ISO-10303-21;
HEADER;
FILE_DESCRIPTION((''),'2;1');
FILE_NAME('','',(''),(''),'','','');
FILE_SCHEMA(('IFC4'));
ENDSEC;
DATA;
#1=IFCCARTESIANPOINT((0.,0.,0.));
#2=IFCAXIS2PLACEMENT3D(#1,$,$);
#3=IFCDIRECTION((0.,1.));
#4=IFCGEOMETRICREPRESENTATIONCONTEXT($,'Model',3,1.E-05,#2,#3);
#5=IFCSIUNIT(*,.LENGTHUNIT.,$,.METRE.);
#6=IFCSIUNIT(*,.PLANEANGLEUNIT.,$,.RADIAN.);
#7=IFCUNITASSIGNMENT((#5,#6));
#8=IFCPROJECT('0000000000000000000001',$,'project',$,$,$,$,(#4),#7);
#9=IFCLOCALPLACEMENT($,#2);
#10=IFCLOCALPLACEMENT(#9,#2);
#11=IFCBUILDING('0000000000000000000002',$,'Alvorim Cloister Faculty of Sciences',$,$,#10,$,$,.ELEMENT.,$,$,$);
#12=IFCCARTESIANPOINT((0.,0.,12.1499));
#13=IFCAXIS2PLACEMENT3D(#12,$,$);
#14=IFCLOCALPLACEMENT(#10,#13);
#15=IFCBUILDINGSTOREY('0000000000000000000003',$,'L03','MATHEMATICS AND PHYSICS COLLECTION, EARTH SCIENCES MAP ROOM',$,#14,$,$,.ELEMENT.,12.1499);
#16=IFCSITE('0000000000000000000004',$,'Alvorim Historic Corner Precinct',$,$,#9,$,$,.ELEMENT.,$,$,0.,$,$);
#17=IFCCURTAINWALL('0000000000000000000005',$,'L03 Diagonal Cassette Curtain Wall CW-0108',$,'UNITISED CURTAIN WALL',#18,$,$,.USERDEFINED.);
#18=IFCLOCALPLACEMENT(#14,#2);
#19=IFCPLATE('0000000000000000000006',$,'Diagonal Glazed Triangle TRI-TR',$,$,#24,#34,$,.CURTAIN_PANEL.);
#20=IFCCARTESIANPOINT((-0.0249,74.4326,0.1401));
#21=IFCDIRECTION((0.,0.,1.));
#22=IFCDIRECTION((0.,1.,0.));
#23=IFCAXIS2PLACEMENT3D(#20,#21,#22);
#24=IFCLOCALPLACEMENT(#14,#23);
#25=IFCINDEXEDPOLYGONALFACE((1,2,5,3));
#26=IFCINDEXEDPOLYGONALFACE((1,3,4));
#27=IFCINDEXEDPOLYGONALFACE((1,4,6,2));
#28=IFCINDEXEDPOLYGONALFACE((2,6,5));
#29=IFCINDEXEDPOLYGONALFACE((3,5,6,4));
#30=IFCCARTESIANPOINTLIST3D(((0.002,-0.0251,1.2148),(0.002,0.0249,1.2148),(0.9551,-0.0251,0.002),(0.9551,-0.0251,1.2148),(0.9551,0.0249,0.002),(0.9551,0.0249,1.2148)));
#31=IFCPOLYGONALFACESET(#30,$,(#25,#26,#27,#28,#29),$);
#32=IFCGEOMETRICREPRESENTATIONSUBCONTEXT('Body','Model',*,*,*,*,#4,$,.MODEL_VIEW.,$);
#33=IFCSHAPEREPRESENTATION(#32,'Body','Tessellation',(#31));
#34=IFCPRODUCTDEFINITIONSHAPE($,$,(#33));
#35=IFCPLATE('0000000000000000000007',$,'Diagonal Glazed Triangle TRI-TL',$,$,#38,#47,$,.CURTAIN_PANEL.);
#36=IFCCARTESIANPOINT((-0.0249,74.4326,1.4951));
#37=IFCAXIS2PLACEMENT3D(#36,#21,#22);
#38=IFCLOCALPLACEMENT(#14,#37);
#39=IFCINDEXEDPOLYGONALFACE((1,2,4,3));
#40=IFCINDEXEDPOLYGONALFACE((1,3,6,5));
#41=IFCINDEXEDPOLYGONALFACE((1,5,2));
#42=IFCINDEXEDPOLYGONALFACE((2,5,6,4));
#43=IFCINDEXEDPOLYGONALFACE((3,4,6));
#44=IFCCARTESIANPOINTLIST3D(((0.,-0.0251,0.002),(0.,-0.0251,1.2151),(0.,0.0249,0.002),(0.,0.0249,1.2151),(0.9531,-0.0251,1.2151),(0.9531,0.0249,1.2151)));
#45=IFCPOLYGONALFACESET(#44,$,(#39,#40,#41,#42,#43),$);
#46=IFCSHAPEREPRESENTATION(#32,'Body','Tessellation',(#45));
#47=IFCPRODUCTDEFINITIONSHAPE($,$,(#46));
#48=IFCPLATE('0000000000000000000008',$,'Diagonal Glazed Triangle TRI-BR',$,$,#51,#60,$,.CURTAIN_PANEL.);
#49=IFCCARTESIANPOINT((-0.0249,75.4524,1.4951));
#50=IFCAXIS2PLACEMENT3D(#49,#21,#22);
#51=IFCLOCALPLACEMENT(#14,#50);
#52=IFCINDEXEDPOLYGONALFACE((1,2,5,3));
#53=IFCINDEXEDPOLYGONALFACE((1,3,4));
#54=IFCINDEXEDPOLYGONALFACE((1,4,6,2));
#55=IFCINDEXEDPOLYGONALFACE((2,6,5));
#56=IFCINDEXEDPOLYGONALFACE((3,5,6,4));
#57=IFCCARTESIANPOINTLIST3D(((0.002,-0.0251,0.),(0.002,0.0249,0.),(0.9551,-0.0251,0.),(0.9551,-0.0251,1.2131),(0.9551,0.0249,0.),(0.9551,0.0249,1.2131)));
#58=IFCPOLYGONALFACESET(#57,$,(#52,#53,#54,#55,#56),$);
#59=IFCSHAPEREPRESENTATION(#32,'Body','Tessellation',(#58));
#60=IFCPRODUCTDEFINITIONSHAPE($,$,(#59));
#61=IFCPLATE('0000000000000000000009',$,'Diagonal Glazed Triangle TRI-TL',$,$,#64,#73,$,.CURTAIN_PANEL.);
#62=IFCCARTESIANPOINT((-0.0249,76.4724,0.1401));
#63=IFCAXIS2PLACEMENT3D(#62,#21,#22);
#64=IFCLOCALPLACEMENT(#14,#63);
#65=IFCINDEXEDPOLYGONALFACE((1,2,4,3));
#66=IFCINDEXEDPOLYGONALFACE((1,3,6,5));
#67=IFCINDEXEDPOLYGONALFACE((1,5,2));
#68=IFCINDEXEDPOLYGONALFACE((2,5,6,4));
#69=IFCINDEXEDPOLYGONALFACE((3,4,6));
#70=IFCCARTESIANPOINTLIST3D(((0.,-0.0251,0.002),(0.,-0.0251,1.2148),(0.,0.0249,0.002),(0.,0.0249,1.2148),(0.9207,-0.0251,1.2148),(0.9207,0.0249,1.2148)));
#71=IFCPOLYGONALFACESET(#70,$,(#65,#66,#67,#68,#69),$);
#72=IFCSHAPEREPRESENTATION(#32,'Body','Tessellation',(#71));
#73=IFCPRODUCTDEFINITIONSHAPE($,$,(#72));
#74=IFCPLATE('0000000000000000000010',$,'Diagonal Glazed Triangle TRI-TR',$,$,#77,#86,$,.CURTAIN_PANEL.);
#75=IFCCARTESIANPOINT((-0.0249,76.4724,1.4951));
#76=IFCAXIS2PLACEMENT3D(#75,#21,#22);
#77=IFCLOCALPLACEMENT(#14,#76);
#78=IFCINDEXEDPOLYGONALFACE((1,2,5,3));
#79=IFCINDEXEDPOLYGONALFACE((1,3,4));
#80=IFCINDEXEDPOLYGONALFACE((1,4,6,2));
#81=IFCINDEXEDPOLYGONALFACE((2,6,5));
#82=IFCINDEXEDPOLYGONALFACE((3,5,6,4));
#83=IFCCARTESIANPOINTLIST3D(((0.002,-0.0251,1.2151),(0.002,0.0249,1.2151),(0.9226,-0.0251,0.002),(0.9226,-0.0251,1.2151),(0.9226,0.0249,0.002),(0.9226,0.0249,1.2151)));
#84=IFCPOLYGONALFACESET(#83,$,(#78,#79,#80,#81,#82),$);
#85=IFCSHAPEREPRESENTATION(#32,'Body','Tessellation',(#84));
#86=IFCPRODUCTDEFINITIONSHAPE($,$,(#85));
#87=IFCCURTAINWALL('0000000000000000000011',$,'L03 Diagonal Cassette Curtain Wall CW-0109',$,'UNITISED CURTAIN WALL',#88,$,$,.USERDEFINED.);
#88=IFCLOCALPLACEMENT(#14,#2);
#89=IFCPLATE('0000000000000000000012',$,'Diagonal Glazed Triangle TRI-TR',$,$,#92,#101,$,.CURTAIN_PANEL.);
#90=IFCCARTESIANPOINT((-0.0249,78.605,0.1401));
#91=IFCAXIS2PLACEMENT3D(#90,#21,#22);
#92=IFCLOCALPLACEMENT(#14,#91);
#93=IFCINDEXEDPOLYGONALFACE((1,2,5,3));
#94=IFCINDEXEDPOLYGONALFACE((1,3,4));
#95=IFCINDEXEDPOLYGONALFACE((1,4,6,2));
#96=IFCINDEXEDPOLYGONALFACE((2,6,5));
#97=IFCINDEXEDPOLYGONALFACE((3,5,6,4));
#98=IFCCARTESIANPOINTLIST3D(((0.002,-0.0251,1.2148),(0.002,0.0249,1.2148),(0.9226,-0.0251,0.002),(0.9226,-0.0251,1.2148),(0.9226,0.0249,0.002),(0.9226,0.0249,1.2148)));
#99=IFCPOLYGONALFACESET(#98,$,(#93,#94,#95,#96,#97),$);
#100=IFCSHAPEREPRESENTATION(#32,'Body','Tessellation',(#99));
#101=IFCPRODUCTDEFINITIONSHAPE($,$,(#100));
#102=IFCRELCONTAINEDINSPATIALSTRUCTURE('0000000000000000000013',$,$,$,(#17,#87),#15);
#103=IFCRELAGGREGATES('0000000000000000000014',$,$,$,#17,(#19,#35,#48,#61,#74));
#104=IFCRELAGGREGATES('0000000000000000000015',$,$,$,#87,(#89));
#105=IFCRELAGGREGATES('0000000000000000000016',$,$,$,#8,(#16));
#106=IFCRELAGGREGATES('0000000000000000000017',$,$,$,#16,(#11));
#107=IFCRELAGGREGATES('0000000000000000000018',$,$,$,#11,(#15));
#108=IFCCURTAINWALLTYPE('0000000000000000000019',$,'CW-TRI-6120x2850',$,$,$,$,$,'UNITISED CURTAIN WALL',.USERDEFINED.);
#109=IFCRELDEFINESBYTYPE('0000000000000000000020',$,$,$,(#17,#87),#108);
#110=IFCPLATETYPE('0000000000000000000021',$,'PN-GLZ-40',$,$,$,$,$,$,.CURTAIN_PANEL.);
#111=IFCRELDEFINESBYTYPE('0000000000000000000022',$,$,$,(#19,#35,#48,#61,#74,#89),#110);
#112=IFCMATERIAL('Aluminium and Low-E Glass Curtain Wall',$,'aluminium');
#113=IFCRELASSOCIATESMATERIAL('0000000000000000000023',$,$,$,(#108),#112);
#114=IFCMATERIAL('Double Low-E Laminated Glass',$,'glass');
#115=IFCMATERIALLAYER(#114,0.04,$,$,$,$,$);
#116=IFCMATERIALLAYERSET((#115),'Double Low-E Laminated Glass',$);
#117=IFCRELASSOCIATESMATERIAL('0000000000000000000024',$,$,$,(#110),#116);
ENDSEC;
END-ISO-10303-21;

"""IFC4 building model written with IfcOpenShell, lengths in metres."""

from ifc_helpers import new_model, si_unit, direction, frame, origin, place, context, subcontext, project, spatial, polyline, outline, extrude, material, layer, layer_set, type_object, element, aggregate, save


model = new_model("IFC4")

# Units and contexts
model_context = context("Model", 3, precision=1e-05, world=origin(), true_north=direction((0.0, 1.0)))
body_context = subcontext(model_context, "Body", "Model", "MODEL_VIEW")
ifc_project = project(units=[si_unit("LENGTHUNIT", "METRE"), si_unit("PLANEANGLEUNIT", "RADIAN")], contexts=[model_context])

# Site, building, storey
site_placement = place(None, origin())
site = spatial("IfcSite", under=ifc_project, at=site_placement, Name="Alvorim Historic Corner Precinct", CompositionType="ELEMENT", RefElevation=0.0)
building_placement = place(site_placement, origin())
building = spatial("IfcBuilding", under=site, at=building_placement, Name="Alvorim Cloister Faculty of Sciences", CompositionType="ELEMENT")
storey_placement = place(building_placement, frame((0.0, 0.0, 12.1499)))
storey = spatial("IfcBuildingStorey", under=building, at=storey_placement, Name="L03", Description="MATHEMATICS AND PHYSICS COLLECTION, EARTH SCIENCES MAP ROOM", CompositionType="ELEMENT", Elevation=12.1499)

# Curtain wall, plates
ifc_material_1 = material(Name="Aluminium and Low-E Glass Curtain Wall", Category="aluminium")
curtain_wall_type = type_object("IfcCurtainWallType", Name="CW-TRI-6120x2850", ElementType="UNITISED CURTAIN WALL", PredefinedType="USERDEFINED", material=ifc_material_1)
curtain_wall_1_placement = place(storey_placement, origin())
curtain_wall_1 = element("IfcCurtainWall", 1, at=curtain_wall_1_placement, inside=storey, type_object=curtain_wall_type, Name="L03 Diagonal Cassette Curtain Wall CW-0108", ObjectType="UNITISED CURTAIN WALL", PredefinedType="USERDEFINED")
ifc_material_2 = material(Name="Double Low-E Laminated Glass", Category="glass")
ifc_layer_1 = layer(ifc_material_2, 0.04)
ifc_layer_set_1 = layer_set([ifc_layer_1], Name="Double Low-E Laminated Glass")
plate_type = type_object("IfcPlateType", Name="PN-GLZ-40", PredefinedType="CURTAIN_PANEL", material=ifc_layer_set_1)
plate_1_placement = place(storey_placement, frame((-0.0249, 74.4326, 0.1401), z_axis=(0.0, 0.0, 1.0), x_axis=(0.0, 1.0, 0.0)))
plate_1 = element("IfcPlate", 2, at=plate_1_placement, type_object=plate_type, Name="Diagonal Glazed Triangle TRI-TR", PredefinedType="CURTAIN_PANEL", context=body_context, shape_type="SweptSolid", body=[
    extrude(outline(polyline([(0.9551, 0.002), (0.9551, 1.2148), (0.002, 1.2148), (0.9551, 0.002)])), frame((0.0, 0.0249, 0.0), z_axis=(0.0, -1.0, 0.0), x_axis=(1.0, 0.0, 0.0)), (0.0, 0.0, 1.0), 0.05),
])
plate_2_placement = place(storey_placement, frame((-0.0249, 74.4326, 1.4951), z_axis=(0.0, 0.0, 1.0), x_axis=(0.0, 1.0, 0.0)))
plate_2 = element("IfcPlate", 3, at=plate_2_placement, type_object=plate_type, Name="Diagonal Glazed Triangle TRI-TL", PredefinedType="CURTAIN_PANEL", context=body_context, shape_type="SweptSolid", body=[
    extrude(outline(polyline([(0.9531, 1.2151), (0.0, 1.2151), (0.0, 0.002), (0.9531, 1.2151)])), frame((0.0, 0.0249, 0.0), z_axis=(0.0, -1.0, 0.0), x_axis=(1.0, 0.0, 0.0)), (0.0, 0.0, 1.0), 0.05),
])
plate_3_placement = place(storey_placement, frame((-0.0249, 75.4524, 1.4951), z_axis=(0.0, 0.0, 1.0), x_axis=(0.0, 1.0, 0.0)))
plate_3 = element("IfcPlate", 4, at=plate_3_placement, type_object=plate_type, Name="Diagonal Glazed Triangle TRI-BR", PredefinedType="CURTAIN_PANEL", context=body_context, shape_type="SweptSolid", body=[
    extrude(outline(polyline([(0.002, 0.0), (0.9551, 0.0), (0.9551, 1.2131), (0.002, 0.0)])), frame((0.0, 0.0249, 0.0), z_axis=(0.0, -1.0, 0.0), x_axis=(1.0, 0.0, 0.0)), (0.0, 0.0, 1.0), 0.05),
])
plate_4_placement = place(storey_placement, frame((-0.0249, 76.4724, 0.1401), z_axis=(0.0, 0.0, 1.0), x_axis=(0.0, 1.0, 0.0)))
plate_4 = element("IfcPlate", 5, at=plate_4_placement, type_object=plate_type, Name="Diagonal Glazed Triangle TRI-TL", PredefinedType="CURTAIN_PANEL", context=body_context, shape_type="SweptSolid", body=[
    extrude(outline(polyline([(0.9207, 1.2148), (0.0, 1.2148), (0.0, 0.002), (0.9207, 1.2148)])), frame((0.0, 0.0249, 0.0), z_axis=(0.0, -1.0, 0.0), x_axis=(1.0, 0.0, 0.0)), (0.0, 0.0, 1.0), 0.05),
])
plate_5_placement = place(storey_placement, frame((-0.0249, 76.4724, 1.4951), z_axis=(0.0, 0.0, 1.0), x_axis=(0.0, 1.0, 0.0)))
plate_5 = element("IfcPlate", 6, at=plate_5_placement, type_object=plate_type, Name="Diagonal Glazed Triangle TRI-TR", PredefinedType="CURTAIN_PANEL", context=body_context, shape_type="SweptSolid", body=[
    extrude(outline(polyline([(0.9226, 0.002), (0.9226, 1.2151), (0.002, 1.2151), (0.9226, 0.002)])), frame((0.0, 0.0249, 0.0), z_axis=(0.0, -1.0, 0.0), x_axis=(1.0, 0.0, 0.0)), (0.0, 0.0, 1.0), 0.05),
])
aggregate(curtain_wall_1, [plate_1, plate_2, plate_3, plate_4, plate_5])

# Curtain wall, plate
curtain_wall_2_placement = place(storey_placement, origin())
curtain_wall_2 = element("IfcCurtainWall", 7, at=curtain_wall_2_placement, inside=storey, type_object=curtain_wall_type, Name="L03 Diagonal Cassette Curtain Wall CW-0109", ObjectType="UNITISED CURTAIN WALL", PredefinedType="USERDEFINED")
plate_6_placement = place(storey_placement, frame((-0.0249, 78.605, 0.1401), z_axis=(0.0, 0.0, 1.0), x_axis=(0.0, 1.0, 0.0)))
plate_6 = element("IfcPlate", 8, at=plate_6_placement, type_object=plate_type, Name="Diagonal Glazed Triangle TRI-TR", PredefinedType="CURTAIN_PANEL", context=body_context, shape_type="SweptSolid", body=[
    extrude(outline(polyline([(0.9226, 0.002), (0.9226, 1.2148), (0.002, 1.2148), (0.9226, 0.002)])), frame((0.0, 0.0249, 0.0), z_axis=(0.0, -1.0, 0.0), x_axis=(1.0, 0.0, 0.0)), (0.0, 0.0, 1.0), 0.05),
])
aggregate(curtain_wall_2, [plate_6])

save(model, "model.ifc")
